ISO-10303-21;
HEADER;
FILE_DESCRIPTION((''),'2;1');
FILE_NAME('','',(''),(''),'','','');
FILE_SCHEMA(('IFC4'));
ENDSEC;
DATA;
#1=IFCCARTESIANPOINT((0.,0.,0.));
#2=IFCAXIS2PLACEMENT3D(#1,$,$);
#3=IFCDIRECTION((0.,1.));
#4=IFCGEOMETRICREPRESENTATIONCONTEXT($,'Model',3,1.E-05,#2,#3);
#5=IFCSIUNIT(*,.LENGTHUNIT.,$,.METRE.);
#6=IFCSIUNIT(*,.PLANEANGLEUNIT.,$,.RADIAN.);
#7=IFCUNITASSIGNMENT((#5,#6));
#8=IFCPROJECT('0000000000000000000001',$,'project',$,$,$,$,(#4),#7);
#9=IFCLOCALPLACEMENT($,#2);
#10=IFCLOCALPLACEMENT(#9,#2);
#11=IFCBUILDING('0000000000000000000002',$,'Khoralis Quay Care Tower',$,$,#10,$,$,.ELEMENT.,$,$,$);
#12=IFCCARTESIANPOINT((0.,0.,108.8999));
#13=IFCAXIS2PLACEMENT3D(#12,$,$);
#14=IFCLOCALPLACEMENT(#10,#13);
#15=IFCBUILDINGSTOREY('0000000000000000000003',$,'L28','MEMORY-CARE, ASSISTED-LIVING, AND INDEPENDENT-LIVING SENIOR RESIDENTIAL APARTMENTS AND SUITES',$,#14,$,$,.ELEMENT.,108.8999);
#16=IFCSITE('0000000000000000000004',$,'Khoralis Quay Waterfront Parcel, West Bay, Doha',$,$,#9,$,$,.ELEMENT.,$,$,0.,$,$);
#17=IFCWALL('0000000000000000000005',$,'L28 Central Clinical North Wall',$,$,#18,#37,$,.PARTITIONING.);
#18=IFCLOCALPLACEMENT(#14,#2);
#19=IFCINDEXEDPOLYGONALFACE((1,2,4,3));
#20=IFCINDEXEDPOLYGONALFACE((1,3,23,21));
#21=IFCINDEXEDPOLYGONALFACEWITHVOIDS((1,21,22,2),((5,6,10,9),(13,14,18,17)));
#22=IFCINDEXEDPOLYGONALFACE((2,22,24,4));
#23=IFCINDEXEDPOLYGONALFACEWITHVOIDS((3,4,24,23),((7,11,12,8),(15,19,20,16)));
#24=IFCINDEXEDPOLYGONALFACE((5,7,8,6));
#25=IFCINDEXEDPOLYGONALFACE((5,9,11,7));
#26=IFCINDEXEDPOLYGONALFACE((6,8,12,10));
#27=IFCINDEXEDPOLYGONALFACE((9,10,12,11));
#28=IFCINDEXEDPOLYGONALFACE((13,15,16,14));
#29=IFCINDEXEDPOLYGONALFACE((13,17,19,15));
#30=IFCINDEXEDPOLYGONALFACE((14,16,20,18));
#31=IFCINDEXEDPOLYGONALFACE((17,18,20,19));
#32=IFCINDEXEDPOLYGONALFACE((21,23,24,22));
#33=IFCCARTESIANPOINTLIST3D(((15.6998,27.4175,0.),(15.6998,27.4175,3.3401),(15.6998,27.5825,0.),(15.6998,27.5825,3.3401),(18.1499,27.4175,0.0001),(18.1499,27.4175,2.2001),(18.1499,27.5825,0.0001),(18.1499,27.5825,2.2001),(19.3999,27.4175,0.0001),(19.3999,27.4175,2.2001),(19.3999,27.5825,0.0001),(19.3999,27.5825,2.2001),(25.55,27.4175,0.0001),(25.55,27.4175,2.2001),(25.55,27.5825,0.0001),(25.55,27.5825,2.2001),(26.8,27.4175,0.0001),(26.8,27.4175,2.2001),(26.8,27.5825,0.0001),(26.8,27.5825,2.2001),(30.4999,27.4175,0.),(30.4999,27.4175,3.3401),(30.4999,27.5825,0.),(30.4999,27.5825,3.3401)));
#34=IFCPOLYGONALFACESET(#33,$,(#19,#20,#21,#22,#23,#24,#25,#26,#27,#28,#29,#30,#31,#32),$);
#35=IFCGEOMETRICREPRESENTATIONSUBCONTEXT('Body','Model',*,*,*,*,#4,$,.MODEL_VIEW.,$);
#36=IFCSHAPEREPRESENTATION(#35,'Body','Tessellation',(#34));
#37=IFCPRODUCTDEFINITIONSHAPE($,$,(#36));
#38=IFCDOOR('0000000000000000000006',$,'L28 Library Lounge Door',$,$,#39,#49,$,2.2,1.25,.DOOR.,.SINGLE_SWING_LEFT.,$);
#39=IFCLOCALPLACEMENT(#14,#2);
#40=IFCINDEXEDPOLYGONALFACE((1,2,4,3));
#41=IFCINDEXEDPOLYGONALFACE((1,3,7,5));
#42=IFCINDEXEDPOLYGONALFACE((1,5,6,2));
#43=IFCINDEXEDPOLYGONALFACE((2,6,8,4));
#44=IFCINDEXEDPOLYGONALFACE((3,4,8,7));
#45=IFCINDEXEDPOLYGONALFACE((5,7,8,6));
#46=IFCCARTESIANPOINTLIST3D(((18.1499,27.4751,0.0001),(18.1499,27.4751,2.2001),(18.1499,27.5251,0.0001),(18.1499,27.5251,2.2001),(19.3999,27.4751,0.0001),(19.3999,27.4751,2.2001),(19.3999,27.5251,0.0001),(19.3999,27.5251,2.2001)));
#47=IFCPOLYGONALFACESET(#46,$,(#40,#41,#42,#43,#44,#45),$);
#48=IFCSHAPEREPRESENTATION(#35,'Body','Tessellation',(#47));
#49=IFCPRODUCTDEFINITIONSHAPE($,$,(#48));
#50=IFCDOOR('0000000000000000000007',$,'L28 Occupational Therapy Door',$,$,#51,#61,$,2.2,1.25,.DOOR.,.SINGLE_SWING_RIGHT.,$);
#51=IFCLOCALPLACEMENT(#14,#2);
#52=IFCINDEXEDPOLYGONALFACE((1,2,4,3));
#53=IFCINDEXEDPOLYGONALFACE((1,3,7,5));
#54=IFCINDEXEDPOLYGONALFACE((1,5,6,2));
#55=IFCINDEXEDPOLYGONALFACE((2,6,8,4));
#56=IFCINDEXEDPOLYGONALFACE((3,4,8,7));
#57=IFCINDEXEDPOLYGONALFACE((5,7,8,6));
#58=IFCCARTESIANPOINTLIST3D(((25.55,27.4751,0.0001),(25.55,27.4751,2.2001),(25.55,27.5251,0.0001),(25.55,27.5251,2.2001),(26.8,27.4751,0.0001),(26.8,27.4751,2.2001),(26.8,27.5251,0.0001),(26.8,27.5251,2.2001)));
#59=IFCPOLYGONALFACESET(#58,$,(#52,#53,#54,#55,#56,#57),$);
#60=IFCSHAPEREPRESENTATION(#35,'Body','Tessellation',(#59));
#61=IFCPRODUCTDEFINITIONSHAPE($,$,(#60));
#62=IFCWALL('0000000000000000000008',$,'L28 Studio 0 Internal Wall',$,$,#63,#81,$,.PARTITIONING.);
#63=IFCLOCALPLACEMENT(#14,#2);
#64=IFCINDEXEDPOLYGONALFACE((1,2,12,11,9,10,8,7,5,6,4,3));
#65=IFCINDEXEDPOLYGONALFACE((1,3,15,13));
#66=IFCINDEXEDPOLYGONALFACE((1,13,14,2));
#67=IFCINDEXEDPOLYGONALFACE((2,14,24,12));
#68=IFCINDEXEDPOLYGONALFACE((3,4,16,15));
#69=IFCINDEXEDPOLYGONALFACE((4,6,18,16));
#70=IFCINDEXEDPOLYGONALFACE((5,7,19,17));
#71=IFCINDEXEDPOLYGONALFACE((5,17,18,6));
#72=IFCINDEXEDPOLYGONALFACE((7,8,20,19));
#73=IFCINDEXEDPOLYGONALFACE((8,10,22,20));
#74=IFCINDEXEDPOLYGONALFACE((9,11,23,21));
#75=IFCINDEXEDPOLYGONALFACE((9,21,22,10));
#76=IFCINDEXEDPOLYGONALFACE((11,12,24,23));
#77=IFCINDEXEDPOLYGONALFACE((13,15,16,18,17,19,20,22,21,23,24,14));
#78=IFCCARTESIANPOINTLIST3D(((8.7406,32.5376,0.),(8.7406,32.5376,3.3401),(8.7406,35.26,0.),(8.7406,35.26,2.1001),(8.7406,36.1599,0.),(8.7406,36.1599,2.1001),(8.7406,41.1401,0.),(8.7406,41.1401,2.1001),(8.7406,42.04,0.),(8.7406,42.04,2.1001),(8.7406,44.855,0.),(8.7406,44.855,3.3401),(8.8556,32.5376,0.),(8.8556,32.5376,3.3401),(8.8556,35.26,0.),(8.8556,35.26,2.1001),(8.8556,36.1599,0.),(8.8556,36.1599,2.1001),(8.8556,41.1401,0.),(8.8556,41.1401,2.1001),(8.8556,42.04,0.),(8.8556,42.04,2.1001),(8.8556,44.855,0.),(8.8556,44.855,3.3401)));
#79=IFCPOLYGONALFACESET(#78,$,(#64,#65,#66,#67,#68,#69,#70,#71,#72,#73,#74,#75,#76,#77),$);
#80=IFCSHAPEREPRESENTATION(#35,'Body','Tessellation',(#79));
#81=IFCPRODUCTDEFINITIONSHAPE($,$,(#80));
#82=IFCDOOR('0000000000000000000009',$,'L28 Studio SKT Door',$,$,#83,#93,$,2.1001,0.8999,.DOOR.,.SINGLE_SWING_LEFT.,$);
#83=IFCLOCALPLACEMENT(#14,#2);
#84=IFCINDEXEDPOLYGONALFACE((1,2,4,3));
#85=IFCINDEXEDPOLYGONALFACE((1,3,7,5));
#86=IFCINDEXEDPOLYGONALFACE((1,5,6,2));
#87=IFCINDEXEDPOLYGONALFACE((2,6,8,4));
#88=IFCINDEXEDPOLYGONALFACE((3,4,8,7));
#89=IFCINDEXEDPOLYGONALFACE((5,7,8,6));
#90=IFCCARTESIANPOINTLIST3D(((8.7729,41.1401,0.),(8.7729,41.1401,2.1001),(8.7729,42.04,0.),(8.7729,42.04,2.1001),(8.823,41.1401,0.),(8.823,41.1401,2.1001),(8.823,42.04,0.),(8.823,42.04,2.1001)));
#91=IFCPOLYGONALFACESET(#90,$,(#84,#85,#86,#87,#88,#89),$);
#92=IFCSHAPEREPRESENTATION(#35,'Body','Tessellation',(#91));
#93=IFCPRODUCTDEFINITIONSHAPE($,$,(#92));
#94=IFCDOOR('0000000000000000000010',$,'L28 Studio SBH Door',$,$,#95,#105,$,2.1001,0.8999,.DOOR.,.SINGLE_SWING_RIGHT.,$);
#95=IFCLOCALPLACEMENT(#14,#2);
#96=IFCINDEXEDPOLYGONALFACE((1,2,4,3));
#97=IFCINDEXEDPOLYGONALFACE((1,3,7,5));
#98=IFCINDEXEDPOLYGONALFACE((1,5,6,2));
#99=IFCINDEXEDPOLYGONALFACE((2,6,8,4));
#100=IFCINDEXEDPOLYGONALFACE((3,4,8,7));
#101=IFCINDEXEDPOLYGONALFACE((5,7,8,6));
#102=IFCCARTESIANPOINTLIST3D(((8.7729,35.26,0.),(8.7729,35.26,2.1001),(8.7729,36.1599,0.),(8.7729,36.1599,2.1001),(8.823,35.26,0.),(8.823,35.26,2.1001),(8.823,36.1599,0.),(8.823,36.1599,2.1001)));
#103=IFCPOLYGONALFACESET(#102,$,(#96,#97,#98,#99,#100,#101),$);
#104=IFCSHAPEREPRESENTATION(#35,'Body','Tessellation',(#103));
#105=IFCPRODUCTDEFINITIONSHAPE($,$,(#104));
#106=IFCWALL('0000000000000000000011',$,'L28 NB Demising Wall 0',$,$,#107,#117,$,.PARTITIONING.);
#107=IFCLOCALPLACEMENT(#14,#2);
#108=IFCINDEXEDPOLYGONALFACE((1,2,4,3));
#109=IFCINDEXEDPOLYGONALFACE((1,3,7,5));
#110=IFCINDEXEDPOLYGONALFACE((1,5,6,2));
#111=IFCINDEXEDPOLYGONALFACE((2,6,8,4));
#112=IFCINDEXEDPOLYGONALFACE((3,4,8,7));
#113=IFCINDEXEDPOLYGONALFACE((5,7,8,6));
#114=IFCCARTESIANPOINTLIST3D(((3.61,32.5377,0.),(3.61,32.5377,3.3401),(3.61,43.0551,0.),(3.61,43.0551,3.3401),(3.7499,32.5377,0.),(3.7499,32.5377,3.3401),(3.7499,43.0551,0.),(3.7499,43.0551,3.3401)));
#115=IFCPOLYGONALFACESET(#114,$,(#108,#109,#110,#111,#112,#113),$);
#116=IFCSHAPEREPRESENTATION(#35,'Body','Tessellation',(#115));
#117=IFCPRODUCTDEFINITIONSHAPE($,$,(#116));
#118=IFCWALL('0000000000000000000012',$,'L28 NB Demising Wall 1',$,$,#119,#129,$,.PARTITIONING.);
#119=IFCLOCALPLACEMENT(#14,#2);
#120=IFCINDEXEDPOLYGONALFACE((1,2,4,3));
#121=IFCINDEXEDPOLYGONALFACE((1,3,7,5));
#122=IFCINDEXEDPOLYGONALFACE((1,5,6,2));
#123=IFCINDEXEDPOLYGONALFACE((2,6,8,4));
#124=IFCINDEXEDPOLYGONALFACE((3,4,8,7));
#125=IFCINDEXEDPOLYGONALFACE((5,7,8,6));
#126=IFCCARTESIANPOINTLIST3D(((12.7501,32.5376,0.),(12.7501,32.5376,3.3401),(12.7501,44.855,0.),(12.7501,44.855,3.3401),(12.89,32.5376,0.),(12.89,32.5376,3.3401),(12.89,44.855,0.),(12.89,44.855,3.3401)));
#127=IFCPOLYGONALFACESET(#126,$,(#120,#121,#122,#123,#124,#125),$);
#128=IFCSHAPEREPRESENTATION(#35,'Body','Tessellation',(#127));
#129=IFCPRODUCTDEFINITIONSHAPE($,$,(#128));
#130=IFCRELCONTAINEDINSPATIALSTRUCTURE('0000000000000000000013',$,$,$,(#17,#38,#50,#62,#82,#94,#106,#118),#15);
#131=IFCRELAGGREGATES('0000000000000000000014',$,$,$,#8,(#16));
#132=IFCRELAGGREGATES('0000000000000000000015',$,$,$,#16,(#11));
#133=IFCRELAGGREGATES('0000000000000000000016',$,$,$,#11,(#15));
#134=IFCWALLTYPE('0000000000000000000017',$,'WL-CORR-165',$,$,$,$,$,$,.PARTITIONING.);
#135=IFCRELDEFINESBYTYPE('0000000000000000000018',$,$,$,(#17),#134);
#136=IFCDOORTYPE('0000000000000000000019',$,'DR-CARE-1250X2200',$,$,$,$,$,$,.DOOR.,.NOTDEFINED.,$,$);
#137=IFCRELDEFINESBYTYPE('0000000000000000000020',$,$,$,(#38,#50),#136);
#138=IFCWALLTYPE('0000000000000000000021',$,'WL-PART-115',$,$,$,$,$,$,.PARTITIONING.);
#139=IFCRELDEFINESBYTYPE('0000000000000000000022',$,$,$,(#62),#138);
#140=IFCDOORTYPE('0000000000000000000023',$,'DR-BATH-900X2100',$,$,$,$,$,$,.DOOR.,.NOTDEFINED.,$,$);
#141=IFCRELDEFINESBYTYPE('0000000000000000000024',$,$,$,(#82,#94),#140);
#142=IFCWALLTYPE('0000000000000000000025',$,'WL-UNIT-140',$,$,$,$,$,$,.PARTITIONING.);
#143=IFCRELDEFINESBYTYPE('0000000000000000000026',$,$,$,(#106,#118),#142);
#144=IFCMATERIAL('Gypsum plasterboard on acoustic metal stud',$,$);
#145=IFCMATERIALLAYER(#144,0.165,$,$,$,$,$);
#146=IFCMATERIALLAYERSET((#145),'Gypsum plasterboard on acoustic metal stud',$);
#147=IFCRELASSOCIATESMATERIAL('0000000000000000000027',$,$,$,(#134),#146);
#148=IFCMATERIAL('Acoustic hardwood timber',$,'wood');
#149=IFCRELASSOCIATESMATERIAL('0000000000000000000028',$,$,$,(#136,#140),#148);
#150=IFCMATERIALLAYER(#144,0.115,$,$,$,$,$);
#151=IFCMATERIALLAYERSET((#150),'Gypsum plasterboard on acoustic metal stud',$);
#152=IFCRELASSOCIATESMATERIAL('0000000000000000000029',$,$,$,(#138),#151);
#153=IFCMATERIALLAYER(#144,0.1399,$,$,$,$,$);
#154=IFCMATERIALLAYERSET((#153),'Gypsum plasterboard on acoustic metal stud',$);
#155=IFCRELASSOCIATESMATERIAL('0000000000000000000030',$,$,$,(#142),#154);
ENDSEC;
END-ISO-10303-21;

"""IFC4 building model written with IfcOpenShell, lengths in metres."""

from ifc_helpers import new_model, si_unit, direction, frame, frame_2d, origin, place, context, subcontext, project, spatial, rectangle, extrude, source, transform, mapped, material, layer, layer_set, type_object, element, fill, save


model = new_model("IFC4")

# Units and contexts
model_context = context("Model", 3, precision=1e-05, world=origin(), true_north=direction((0.0, 1.0)))
body_context = subcontext(model_context, "Body", "Model", "MODEL_VIEW")
ifc_project = project(units=[si_unit("LENGTHUNIT", "METRE"), si_unit("PLANEANGLEUNIT", "RADIAN")], contexts=[model_context])

# Site, building, storey
site_placement = place(None, origin())
site = spatial("IfcSite", under=ifc_project, at=site_placement, Name="Khoralis Quay Waterfront Parcel, West Bay, Doha", CompositionType="ELEMENT", RefElevation=0.0)
building_placement = place(site_placement, origin())
building = spatial("IfcBuilding", under=site, at=building_placement, Name="Khoralis Quay Care Tower", CompositionType="ELEMENT")
storey_placement = place(building_placement, frame((0.0, 0.0, 108.8999)))
storey = spatial("IfcBuildingStorey", under=building, at=storey_placement, Name="L28", Description="MEMORY-CARE, ASSISTED-LIVING, AND INDEPENDENT-LIVING SENIOR RESIDENTIAL APARTMENTS AND SUITES", CompositionType="ELEMENT", Elevation=108.8999)

# Shared definitions
ifc_material_1 = material(Name="Gypsum plasterboard on acoustic metal stud")
ifc_layer_1 = layer(ifc_material_1, 0.165)
ifc_layer_set_1 = layer_set([ifc_layer_1], Name="Gypsum plasterboard on acoustic metal stud")
wall_type_1 = type_object("IfcWallType", Name="WL-CORR-165", PredefinedType="PARTITIONING", material=ifc_layer_set_1)

# Walls, openings, doors
ifc_material_2 = material(Name="Acoustic hardwood timber", Category="wood")
door_type_1 = type_object("IfcDoorType", Name="DR-CARE-1250X2200", OperationType="NOTDEFINED", PredefinedType="DOOR", material=ifc_material_2)
shared_shape_1 = source(origin(), body_context, "Body", "SweptSolid", [
    extrude(rectangle(XDim=1.25, YDim=2.2, at=frame_2d((0.625, 1.1001))), frame((0.0, 0.0249, 0.0), z_axis=(0.0, -1.0, 0.0), x_axis=(1.0, 0.0, 0.0)), (0.0, 0.0, 1.0), 0.05),
])
wall_1_placement = place(storey_placement, frame((15.7, 27.5, 0.0), z_axis=(0.0, 0.0, 1.0), x_axis=(1.0, 0.0, 0.0)))
wall_1 = element("IfcWall", 1, at=wall_1_placement, inside=storey, type_object=wall_type_1, Name="L28 Central Clinical North Wall", PredefinedType="PARTITIONING", context=body_context, shape_type="SweptSolid", body=[
    extrude(rectangle(XDim=14.8, YDim=0.165, at=frame_2d((7.3999, 0.0))), origin(), (0.0, 0.0, 1.0), 3.3401),
])
opening_1_placement = place(wall_1_placement, frame((2.45, 0.0, 0.0)))
opening_1 = element("IfcOpeningElement", 2, at=opening_1_placement, cuts=wall_1, PredefinedType="OPENING", context=body_context, shape_type="SweptSolid", body=[
    extrude(rectangle(XDim=1.25, YDim=2.2, at=frame_2d((0.625, 1.1001))), frame((0.0, 0.0925, 0.0), z_axis=(0.0, -1.0, 0.0), x_axis=(1.0, 0.0, 0.0)), (0.0, 0.0, 1.0), 0.1851),
])
opening_2_placement = place(wall_1_placement, frame((9.8501, 0.0, 0.0)))
opening_2 = element("IfcOpeningElement", 3, at=opening_2_placement, cuts=wall_1, PredefinedType="OPENING", context=body_context, shape_type="SweptSolid", body=[
    extrude(rectangle(XDim=1.25, YDim=2.2, at=frame_2d((0.625, 1.1001))), frame((0.0, 0.0925, 0.0), z_axis=(0.0, -1.0, 0.0), x_axis=(1.0, 0.0, 0.0)), (0.0, 0.0, 1.0), 0.1851),
])
door_1_placement = place(opening_1_placement, frame((1.25, 0.0, 0.0), z_axis=(0.0, 0.0, 1.0), x_axis=(-1.0, 0.0, 0.0)))
door_1 = element("IfcDoor", 4, at=door_1_placement, inside=storey, type_object=door_type_1, Name="L28 Library Lounge Door", OperationType="SINGLE_SWING_LEFT", OverallHeight=2.2, OverallWidth=1.25, PredefinedType="DOOR", context=body_context, shape_type="MappedRepresentation", body=[
    mapped(shared_shape_1, transform((0.0, 0.0, 0.0), scale=1.0)),
])
fill(opening_1, door_1)
door_2_placement = place(opening_2_placement, frame((1.25, 0.0, 0.0), z_axis=(0.0, 0.0, 1.0), x_axis=(-1.0, 0.0, 0.0)))
door_2 = element("IfcDoor", 5, at=door_2_placement, inside=storey, type_object=door_type_1, Name="L28 Occupational Therapy Door", OperationType="SINGLE_SWING_RIGHT", OverallHeight=2.2, OverallWidth=1.25, PredefinedType="DOOR", context=body_context, shape_type="MappedRepresentation", body=[
    mapped(shared_shape_1, transform((0.0, 0.0, 0.0), scale=1.0)),
])
fill(opening_2, door_2)
ifc_layer_2 = layer(ifc_material_1, 0.115)
ifc_layer_set_2 = layer_set([ifc_layer_2], Name="Gypsum plasterboard on acoustic metal stud")
wall_type_2 = type_object("IfcWallType", Name="WL-PART-115", PredefinedType="PARTITIONING", material=ifc_layer_set_2)
wall_2_placement = place(storey_placement, frame((8.7981, 32.5376, 0.0), z_axis=(0.0, 0.0, 1.0), x_axis=(0.0, 1.0, 0.0)))
wall_2 = element("IfcWall", 6, at=wall_2_placement, inside=storey, type_object=wall_type_2, Name="L28 Studio 0 Internal Wall", PredefinedType="PARTITIONING", context=body_context, shape_type="SweptSolid", body=[
    extrude(rectangle(XDim=12.3174, YDim=0.115, at=frame_2d((6.1587, 0.0))), origin(), (0.0, 0.0, 1.0), 3.3401),
])
opening_3_placement = place(wall_2_placement, frame((8.6025, 0.0, 0.0)))
opening_3 = element("IfcOpeningElement", 7, at=opening_3_placement, cuts=wall_2, PredefinedType="OPENING", context=body_context, shape_type="SweptSolid", body=[
    extrude(rectangle(XDim=0.8999, YDim=2.1001, at=frame_2d((0.45, 1.05))), frame((0.0, 0.0674, 0.0), z_axis=(0.0, -1.0, 0.0), x_axis=(1.0, 0.0, 0.0)), (0.0, 0.0, 1.0), 0.135),
])
opening_4_placement = place(wall_2_placement, frame((2.7224, 0.0, 0.0)))
opening_4 = element("IfcOpeningElement", 8, at=opening_4_placement, cuts=wall_2, PredefinedType="OPENING", context=body_context, shape_type="SweptSolid", body=[
    extrude(rectangle(XDim=0.8999, YDim=2.1001, at=frame_2d((0.45, 1.05))), frame((0.0, 0.0674, 0.0), z_axis=(0.0, -1.0, 0.0), x_axis=(1.0, 0.0, 0.0)), (0.0, 0.0, 1.0), 0.135),
])
door_type_2 = type_object("IfcDoorType", Name="DR-BATH-900X2100", OperationType="NOTDEFINED", PredefinedType="DOOR", material=ifc_material_2)
shared_shape_2 = source(origin(), body_context, "Body", "SweptSolid", [
    extrude(rectangle(XDim=0.8999, YDim=2.1001, at=frame_2d((0.45, 1.05))), frame((0.0, 0.0249, 0.0), z_axis=(0.0, -1.0, 0.0), x_axis=(1.0, 0.0, 0.0)), (0.0, 0.0, 1.0), 0.05),
])
door_3_placement = place(opening_3_placement, frame((0.8999, 0.0, 0.0), z_axis=(0.0, 0.0, 1.0), x_axis=(-1.0, 0.0, 0.0)))
door_3 = element("IfcDoor", 9, at=door_3_placement, inside=storey, type_object=door_type_2, Name="L28 Studio SKT Door", OperationType="SINGLE_SWING_LEFT", OverallHeight=2.1001, OverallWidth=0.8999, PredefinedType="DOOR", context=body_context, shape_type="MappedRepresentation", body=[
    mapped(shared_shape_2, transform((0.0, 0.0, 0.0), scale=1.0)),
])
fill(opening_3, door_3)
door_4_placement = place(opening_4_placement, frame((0.8999, 0.0, 0.0), z_axis=(0.0, 0.0, 1.0), x_axis=(-1.0, 0.0, 0.0)))
door_4 = element("IfcDoor", 10, at=door_4_placement, inside=storey, type_object=door_type_2, Name="L28 Studio SBH Door", OperationType="SINGLE_SWING_RIGHT", OverallHeight=2.1001, OverallWidth=0.8999, PredefinedType="DOOR", context=body_context, shape_type="MappedRepresentation", body=[
    mapped(shared_shape_2, transform((0.0, 0.0, 0.0), scale=1.0)),
])
fill(opening_4, door_4)

# Walls
ifc_layer_3 = layer(ifc_material_1, 0.1399)
ifc_layer_set_3 = layer_set([ifc_layer_3], Name="Gypsum plasterboard on acoustic metal stud")
wall_type_3 = type_object("IfcWallType", Name="WL-UNIT-140", PredefinedType="PARTITIONING", material=ifc_layer_set_3)
wall_3_placement = place(storey_placement, frame((3.6799, 32.5376, 0.0), z_axis=(0.0, 0.0, 1.0), x_axis=(0.0, 1.0, 0.0)))
element("IfcWall", 11, at=wall_3_placement, inside=storey, type_object=wall_type_3, Name="L28 NB Demising Wall 0", PredefinedType="PARTITIONING", context=body_context, shape_type="SweptSolid", body=[
    extrude(rectangle(XDim=10.5173, YDim=0.1399, at=frame_2d((5.2588, 0.0))), origin(), (0.0, 0.0, 1.0), 3.3401),
])
wall_4_placement = place(storey_placement, frame((12.8201, 32.5376, 0.0), z_axis=(0.0, 0.0, 1.0), x_axis=(0.0, 1.0, 0.0)))
element("IfcWall", 12, at=wall_4_placement, inside=storey, type_object=wall_type_3, Name="L28 NB Demising Wall 1", PredefinedType="PARTITIONING", context=body_context, shape_type="SweptSolid", body=[
    extrude(rectangle(XDim=12.3174, YDim=0.1399, at=frame_2d((6.1587, 0.0))), origin(), (0.0, 0.0, 1.0), 3.3401),
])

save(model, "model.ifc")
